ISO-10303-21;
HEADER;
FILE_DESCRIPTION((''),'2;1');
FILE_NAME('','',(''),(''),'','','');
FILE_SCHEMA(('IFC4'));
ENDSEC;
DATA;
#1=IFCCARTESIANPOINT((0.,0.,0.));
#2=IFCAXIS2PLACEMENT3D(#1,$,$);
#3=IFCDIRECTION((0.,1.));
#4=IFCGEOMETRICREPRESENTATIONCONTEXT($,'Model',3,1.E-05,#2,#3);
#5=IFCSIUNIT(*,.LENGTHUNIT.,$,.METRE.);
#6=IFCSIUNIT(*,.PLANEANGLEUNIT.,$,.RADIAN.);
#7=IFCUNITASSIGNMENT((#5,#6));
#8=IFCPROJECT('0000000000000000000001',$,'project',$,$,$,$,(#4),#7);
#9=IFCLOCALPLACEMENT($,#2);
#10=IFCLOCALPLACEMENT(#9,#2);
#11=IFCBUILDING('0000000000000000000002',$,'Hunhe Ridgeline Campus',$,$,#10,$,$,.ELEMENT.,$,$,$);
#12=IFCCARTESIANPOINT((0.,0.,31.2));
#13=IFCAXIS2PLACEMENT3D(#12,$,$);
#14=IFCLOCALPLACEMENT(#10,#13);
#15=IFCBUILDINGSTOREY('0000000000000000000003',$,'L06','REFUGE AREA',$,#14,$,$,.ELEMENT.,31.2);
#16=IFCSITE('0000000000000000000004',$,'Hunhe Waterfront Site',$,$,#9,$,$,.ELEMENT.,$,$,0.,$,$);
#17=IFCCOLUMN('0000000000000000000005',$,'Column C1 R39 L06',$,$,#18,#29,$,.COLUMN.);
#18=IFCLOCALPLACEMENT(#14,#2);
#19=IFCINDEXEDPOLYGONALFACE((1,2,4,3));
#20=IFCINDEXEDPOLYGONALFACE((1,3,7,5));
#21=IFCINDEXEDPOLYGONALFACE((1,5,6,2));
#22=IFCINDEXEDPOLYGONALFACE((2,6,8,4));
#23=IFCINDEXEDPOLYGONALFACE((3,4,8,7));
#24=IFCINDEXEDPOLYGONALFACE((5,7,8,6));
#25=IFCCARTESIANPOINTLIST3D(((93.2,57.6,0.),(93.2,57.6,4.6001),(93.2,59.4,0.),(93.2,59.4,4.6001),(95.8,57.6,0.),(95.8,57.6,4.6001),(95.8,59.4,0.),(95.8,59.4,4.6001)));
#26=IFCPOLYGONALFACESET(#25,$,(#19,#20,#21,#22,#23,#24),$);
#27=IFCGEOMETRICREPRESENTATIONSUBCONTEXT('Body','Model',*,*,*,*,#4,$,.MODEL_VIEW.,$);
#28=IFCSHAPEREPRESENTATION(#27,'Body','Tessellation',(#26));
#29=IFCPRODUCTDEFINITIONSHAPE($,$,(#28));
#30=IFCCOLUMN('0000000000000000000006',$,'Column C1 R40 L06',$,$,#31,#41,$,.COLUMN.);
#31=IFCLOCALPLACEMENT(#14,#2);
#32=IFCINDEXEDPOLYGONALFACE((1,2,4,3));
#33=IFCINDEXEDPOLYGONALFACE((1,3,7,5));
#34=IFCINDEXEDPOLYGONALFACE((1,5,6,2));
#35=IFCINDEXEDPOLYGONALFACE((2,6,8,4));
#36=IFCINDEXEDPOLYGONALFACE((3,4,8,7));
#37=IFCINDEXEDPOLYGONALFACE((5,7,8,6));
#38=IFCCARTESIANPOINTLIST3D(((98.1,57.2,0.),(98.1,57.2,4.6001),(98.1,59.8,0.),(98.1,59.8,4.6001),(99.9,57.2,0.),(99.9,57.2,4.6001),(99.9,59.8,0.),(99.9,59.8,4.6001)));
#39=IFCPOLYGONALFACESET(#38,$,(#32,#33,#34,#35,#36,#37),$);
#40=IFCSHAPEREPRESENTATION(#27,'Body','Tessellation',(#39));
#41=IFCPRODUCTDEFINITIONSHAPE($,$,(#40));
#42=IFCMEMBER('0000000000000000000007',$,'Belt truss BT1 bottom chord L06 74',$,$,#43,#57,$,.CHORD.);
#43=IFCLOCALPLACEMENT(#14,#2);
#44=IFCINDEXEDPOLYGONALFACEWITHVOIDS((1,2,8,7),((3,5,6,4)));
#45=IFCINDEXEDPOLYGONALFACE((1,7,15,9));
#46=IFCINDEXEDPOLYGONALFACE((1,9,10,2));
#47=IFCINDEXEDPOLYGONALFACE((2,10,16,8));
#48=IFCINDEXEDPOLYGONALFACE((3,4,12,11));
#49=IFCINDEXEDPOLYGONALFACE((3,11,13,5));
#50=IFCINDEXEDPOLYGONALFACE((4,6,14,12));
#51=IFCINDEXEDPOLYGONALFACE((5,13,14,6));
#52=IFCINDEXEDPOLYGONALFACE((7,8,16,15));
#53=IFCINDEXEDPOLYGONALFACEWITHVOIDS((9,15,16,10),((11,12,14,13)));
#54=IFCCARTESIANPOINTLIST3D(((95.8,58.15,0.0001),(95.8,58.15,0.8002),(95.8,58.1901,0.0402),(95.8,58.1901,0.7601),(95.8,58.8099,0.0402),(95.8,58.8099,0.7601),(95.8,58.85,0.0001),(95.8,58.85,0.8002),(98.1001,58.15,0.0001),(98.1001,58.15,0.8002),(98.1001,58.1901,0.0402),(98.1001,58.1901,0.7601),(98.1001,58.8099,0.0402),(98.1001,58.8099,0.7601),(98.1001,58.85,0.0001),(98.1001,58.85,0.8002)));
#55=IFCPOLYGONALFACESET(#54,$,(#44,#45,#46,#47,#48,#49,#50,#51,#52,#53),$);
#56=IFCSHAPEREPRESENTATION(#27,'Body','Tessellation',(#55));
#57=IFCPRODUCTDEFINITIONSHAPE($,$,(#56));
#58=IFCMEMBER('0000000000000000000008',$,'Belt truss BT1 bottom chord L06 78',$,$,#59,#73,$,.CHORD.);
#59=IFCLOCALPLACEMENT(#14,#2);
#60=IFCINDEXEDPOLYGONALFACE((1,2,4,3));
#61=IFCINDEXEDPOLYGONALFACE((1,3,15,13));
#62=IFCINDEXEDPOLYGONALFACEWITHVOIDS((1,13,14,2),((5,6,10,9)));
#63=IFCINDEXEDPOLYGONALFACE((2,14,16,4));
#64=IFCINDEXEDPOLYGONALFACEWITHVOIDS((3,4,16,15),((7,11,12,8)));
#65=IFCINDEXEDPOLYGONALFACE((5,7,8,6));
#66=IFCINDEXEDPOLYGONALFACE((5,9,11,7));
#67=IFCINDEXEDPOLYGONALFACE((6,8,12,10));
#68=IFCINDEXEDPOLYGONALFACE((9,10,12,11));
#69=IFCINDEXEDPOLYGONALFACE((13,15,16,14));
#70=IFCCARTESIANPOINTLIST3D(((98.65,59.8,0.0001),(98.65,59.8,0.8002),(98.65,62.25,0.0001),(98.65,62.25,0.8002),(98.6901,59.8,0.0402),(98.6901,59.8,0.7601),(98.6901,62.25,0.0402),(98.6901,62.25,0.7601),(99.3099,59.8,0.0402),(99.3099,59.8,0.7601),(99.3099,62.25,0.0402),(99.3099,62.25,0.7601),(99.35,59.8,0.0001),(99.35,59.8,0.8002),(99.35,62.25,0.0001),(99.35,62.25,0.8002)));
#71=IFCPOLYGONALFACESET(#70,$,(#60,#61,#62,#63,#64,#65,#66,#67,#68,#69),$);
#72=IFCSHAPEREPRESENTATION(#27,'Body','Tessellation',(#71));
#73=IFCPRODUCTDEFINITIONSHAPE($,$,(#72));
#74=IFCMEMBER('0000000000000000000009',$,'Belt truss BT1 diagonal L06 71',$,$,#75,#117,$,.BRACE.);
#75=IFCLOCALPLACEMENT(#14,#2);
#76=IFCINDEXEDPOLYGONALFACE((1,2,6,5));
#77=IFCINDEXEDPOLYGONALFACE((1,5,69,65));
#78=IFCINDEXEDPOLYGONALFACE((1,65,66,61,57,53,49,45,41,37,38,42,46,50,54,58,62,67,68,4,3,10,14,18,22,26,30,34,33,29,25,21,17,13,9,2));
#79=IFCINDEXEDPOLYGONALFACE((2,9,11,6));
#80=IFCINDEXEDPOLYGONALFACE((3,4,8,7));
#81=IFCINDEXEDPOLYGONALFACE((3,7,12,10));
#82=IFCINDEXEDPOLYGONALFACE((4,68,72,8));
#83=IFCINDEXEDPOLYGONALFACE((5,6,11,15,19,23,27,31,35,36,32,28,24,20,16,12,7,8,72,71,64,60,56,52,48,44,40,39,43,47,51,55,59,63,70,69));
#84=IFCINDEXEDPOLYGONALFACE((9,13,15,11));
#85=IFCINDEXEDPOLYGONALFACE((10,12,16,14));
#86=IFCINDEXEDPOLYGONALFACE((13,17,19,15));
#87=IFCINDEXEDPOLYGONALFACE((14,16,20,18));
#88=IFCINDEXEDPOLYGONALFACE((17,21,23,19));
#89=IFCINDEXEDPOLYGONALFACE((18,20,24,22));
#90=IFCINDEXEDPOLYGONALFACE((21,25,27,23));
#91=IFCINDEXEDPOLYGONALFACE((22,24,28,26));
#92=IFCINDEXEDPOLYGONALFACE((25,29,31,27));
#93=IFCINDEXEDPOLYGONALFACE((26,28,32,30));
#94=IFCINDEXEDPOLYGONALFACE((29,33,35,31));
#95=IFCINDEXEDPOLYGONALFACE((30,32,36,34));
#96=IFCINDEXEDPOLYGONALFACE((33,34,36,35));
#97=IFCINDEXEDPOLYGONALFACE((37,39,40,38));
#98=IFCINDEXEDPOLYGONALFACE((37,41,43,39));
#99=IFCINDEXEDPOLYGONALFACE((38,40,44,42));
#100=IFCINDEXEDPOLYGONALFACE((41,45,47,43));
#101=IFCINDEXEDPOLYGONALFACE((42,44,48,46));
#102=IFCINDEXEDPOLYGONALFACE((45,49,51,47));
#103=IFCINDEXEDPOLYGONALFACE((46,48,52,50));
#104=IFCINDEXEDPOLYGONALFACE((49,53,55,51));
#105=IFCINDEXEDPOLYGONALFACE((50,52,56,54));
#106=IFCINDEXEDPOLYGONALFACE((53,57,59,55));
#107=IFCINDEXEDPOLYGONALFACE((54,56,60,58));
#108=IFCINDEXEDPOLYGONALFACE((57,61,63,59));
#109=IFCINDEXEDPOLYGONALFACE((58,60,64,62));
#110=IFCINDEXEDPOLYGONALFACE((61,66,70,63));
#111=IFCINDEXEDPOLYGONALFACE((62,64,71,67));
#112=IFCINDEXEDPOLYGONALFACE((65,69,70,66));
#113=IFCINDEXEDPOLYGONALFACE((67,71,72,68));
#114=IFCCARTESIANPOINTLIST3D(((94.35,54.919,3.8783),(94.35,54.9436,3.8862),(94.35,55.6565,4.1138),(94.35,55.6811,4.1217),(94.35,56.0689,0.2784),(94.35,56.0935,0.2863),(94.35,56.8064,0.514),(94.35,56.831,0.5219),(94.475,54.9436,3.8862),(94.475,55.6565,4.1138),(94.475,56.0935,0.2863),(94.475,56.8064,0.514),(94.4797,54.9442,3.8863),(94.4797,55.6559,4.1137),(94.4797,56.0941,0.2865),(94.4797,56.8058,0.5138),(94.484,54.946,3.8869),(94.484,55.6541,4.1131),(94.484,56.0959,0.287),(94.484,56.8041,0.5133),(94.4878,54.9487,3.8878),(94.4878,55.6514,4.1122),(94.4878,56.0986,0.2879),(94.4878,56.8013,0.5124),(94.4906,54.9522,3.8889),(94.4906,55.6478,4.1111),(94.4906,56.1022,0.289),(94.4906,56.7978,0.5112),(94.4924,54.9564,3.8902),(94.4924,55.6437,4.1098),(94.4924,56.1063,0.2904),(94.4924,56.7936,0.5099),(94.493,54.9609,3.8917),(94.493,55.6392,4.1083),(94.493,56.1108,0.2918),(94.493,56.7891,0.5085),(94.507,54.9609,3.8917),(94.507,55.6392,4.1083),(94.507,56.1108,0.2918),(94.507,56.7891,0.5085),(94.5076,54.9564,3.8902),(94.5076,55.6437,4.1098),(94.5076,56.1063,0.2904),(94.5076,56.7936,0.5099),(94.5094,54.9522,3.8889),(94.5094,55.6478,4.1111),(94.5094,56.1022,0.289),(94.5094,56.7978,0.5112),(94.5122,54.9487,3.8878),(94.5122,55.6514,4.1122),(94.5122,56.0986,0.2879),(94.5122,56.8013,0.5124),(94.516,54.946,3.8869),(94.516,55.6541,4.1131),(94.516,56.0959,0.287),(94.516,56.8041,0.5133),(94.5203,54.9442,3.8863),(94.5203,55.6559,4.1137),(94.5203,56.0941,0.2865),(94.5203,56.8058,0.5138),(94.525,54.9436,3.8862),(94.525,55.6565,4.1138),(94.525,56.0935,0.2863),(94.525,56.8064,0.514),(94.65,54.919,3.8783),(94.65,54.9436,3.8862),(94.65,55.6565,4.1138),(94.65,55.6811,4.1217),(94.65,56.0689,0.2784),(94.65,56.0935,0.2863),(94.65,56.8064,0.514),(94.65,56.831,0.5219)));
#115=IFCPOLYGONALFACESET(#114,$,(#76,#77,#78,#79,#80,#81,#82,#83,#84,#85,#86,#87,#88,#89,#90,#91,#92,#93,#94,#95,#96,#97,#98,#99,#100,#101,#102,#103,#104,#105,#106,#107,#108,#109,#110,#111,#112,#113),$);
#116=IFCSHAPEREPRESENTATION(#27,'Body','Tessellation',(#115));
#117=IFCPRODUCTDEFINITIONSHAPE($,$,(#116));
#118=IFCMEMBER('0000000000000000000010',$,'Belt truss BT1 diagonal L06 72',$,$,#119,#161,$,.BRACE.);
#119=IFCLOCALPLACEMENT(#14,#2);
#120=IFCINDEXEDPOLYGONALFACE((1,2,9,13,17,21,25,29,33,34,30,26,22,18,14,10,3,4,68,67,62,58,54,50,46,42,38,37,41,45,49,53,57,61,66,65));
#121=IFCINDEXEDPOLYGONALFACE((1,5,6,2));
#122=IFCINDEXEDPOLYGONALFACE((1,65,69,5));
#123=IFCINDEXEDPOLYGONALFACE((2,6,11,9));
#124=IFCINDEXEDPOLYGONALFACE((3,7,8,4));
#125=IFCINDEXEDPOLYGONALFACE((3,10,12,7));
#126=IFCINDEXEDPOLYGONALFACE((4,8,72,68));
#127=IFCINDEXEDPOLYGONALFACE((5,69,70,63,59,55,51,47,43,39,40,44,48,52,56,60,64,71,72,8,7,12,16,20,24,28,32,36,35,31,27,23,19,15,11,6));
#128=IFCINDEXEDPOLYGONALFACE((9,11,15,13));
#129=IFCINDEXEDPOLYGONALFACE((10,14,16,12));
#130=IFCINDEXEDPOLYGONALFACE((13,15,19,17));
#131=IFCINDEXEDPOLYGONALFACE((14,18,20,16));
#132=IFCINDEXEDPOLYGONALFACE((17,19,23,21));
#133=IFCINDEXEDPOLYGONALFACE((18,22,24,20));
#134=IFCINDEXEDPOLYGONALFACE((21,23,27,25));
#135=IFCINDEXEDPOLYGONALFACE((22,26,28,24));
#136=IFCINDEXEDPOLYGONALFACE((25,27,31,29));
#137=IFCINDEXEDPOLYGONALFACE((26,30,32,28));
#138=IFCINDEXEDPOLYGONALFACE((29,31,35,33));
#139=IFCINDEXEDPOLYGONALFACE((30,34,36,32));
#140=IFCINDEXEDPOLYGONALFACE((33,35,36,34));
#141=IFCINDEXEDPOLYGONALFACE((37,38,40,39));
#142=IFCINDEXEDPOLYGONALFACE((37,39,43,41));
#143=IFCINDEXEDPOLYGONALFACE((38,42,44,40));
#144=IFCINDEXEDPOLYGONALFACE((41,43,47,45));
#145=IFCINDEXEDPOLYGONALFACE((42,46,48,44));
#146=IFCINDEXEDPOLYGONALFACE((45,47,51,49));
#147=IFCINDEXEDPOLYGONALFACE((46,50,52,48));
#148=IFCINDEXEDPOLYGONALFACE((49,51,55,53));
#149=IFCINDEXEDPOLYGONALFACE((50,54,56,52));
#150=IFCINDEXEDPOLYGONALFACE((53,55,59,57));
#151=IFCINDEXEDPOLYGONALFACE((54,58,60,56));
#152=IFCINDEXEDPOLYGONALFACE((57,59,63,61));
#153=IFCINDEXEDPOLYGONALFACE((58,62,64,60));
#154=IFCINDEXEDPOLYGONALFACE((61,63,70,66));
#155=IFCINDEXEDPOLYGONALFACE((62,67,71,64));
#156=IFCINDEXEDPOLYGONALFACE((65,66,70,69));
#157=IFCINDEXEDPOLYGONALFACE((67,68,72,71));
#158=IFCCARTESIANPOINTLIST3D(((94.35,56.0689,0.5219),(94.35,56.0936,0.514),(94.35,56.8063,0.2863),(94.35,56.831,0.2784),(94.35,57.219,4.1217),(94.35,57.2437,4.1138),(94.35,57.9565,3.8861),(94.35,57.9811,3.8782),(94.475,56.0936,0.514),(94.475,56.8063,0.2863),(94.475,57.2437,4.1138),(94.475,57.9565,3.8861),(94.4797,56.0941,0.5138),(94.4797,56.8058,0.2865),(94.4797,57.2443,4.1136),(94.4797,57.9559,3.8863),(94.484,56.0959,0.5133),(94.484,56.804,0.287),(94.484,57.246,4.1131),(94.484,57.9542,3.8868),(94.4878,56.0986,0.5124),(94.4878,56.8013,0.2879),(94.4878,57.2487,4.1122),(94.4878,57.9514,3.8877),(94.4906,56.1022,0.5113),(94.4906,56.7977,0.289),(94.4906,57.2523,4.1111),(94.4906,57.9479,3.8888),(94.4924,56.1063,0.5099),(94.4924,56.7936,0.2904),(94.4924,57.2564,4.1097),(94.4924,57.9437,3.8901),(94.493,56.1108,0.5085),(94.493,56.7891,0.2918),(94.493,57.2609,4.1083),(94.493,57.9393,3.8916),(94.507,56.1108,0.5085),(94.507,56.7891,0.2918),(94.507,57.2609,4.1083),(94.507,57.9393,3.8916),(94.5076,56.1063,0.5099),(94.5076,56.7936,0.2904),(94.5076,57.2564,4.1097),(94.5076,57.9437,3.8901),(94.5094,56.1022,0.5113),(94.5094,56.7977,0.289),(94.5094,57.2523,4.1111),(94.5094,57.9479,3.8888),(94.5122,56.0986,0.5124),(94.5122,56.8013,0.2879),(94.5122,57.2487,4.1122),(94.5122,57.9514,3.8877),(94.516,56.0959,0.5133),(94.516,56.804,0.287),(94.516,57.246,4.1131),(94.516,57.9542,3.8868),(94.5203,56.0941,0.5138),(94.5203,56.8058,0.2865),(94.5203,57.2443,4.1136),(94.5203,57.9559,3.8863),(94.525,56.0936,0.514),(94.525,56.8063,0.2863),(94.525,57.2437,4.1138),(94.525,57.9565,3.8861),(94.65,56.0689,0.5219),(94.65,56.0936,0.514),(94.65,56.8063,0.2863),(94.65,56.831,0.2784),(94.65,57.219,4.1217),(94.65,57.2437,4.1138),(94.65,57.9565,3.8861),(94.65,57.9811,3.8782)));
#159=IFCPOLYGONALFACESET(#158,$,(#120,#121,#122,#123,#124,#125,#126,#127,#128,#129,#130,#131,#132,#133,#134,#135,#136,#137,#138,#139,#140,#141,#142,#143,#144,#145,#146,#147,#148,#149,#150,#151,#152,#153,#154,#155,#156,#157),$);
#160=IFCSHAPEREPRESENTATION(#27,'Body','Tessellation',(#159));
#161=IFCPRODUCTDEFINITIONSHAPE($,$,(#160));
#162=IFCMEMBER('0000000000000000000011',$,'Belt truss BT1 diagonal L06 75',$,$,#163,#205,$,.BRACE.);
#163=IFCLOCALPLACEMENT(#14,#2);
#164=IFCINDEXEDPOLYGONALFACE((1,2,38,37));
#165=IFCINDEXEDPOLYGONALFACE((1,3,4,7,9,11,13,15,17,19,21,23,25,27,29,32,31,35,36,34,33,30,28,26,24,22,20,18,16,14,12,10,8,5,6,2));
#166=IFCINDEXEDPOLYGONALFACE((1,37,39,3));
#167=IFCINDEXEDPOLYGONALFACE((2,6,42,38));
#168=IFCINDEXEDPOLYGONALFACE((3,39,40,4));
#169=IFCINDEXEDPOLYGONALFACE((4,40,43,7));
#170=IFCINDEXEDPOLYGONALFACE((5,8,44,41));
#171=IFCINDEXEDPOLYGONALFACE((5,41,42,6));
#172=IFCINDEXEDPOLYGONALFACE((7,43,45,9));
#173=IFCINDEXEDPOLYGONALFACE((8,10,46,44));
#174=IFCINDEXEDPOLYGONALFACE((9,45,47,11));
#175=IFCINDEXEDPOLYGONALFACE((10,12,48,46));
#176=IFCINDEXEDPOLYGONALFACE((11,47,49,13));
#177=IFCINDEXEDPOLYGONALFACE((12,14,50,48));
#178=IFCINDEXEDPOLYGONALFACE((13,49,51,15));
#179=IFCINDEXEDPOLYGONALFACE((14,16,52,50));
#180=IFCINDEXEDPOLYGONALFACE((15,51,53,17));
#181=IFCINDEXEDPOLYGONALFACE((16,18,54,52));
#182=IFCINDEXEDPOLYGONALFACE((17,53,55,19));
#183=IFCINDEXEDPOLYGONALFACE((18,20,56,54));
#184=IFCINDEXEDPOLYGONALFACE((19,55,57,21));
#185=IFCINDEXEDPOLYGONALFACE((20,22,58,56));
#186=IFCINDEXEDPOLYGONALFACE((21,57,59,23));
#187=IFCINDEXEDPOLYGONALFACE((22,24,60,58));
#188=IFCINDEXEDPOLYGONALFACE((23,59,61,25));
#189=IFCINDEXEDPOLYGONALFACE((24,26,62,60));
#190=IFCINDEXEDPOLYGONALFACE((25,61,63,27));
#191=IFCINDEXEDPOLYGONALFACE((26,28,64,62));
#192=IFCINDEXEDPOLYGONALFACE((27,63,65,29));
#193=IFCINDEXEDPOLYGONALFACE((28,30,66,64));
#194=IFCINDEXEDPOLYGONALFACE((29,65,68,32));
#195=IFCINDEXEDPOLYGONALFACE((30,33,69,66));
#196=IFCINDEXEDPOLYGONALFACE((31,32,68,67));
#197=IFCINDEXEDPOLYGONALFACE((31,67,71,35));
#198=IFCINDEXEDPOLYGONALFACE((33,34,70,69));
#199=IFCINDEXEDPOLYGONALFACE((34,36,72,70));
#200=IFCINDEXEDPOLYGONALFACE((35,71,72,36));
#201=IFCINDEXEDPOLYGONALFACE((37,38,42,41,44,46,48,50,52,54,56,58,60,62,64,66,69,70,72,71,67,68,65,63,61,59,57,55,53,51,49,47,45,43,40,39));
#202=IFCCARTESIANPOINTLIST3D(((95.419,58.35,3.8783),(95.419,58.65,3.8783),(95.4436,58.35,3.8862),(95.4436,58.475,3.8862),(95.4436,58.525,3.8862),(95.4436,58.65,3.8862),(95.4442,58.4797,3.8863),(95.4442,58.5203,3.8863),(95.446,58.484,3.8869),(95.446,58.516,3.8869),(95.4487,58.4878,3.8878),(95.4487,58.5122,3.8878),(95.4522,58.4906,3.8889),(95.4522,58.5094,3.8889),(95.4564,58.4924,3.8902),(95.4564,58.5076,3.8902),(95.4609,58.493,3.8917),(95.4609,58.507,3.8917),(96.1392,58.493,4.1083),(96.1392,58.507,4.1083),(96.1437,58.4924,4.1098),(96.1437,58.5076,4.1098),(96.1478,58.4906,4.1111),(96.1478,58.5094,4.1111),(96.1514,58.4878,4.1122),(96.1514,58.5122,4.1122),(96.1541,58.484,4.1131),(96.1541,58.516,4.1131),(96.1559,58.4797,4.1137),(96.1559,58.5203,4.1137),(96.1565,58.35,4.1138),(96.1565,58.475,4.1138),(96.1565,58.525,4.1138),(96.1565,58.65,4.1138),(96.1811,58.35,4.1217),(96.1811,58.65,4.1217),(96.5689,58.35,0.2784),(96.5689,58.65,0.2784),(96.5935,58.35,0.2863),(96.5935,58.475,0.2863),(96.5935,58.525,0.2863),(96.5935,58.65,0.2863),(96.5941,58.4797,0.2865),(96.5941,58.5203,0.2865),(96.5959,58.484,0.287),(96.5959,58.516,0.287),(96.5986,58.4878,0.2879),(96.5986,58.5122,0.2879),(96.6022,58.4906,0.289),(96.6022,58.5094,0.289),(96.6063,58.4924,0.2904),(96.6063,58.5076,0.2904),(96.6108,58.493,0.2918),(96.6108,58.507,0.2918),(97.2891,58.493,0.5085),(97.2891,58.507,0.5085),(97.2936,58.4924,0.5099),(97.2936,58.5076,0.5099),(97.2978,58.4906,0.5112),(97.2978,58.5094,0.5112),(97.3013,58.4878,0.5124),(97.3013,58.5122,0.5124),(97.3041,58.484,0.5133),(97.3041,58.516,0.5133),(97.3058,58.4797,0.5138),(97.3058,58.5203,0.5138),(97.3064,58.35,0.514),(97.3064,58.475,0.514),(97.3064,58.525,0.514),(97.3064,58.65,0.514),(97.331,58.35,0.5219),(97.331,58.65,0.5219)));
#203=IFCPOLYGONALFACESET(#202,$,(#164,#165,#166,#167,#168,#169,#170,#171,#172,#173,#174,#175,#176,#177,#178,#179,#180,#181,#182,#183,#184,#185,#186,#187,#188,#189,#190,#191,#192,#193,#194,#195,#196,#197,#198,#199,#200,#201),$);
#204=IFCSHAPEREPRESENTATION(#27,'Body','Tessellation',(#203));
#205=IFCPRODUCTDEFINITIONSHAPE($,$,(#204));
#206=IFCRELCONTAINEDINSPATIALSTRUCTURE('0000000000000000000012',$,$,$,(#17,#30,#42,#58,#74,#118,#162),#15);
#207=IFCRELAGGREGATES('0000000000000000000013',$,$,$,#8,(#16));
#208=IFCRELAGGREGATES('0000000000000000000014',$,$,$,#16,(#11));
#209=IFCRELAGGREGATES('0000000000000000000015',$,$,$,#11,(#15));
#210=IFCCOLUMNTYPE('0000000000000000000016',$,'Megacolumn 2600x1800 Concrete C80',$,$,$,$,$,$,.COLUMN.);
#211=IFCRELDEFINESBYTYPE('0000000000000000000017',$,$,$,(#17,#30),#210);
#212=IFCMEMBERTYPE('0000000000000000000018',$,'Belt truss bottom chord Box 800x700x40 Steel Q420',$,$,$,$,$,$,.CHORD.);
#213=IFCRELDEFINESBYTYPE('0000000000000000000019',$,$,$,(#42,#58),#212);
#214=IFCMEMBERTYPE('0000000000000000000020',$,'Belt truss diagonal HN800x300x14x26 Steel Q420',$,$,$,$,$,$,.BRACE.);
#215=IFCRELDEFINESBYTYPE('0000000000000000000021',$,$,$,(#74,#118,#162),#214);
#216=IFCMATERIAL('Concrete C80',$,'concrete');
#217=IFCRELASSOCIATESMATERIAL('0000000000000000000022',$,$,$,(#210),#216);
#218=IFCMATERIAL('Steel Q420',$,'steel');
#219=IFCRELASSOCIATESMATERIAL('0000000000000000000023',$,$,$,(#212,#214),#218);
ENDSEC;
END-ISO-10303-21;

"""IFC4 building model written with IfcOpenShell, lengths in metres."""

from ifc_helpers import new_model, si_unit, direction, frame, origin, origin_2d, place, context, subcontext, project, spatial, rectangle, hollow_rectangle, i_section, extrude, material, material_profile, profile_set, type_object, element, save


model = new_model("IFC4")

# Units and contexts
model_context = context("Model", 3, precision=1e-05, world=origin(), true_north=direction((0.0, 1.0)))
body_context = subcontext(model_context, "Body", "Model", "MODEL_VIEW")
ifc_project = project(units=[si_unit("LENGTHUNIT", "METRE"), si_unit("PLANEANGLEUNIT", "RADIAN")], contexts=[model_context])

# Site, building, storey
site_placement = place(None, origin())
site = spatial("IfcSite", under=ifc_project, at=site_placement, Name="Hunhe Waterfront Site", CompositionType="ELEMENT", RefElevation=0.0)
building_placement = place(site_placement, origin())
building = spatial("IfcBuilding", under=site, at=building_placement, Name="Hunhe Ridgeline Campus", CompositionType="ELEMENT")
storey_placement = place(building_placement, frame((0.0, 0.0, 31.2)))
storey = spatial("IfcBuildingStorey", under=building, at=storey_placement, Name="L06", Description="REFUGE AREA", CompositionType="ELEMENT", Elevation=31.2)

# Columns
ifc_material_1 = material(Name="Concrete C80", Category="concrete")
ifc_material_profile_1 = material_profile(ifc_material_1, rectangle(XDim=2.6001, YDim=1.8, at=origin_2d()))
ifc_profile_set_1 = profile_set([ifc_material_profile_1], Name="Concrete C80")
column_type = type_object("IfcColumnType", Name="Megacolumn 2600x1800 Concrete C80", PredefinedType="COLUMN", material=ifc_profile_set_1)
for number, where, z_axis, x_axis, name in (
    (1, (94.5, 58.5, 0.0), (0.0, 0.0, 1.0), (1.0, 0.0, 0.0), "Column C1 R39 L06"),
    (2, (99.0, 58.5, 0.0), (0.0, 0.0, 1.0), (0.0, 1.0, 0.0), "Column C1 R40 L06"),
):
    element("IfcColumn", number, at=place(storey_placement, frame(where, z_axis=z_axis, x_axis=x_axis)), inside=storey, type_object=column_type, Name=name, PredefinedType="COLUMN", context=body_context, shape_type="SweptSolid", body=[
        extrude(rectangle(XDim=2.6001, YDim=1.8, at=origin_2d()), origin(), (0.0, 0.0, 1.0), 4.6001),
    ])

# Members
ifc_material_2 = material(Name="Steel Q420", Category="steel")
ifc_material_profile_2 = material_profile(ifc_material_2, hollow_rectangle(XDim=0.7, YDim=0.8, WallThickness=0.04, at=origin_2d()))
ifc_profile_set_2 = profile_set([ifc_material_profile_2], Name="Steel Q420")
member_type_1 = type_object("IfcMemberType", Name="Belt truss bottom chord Box 800x700x40 Steel Q420", PredefinedType="CHORD", material=ifc_profile_set_2)
member_1_placement = place(storey_placement, frame((95.8, 58.5, 0.4001), z_axis=(1.0, 0.0, 0.0), x_axis=(0.0, 1.0, 0.0)))
element("IfcMember", 3, at=member_1_placement, inside=storey, type_object=member_type_1, Name="Belt truss BT1 bottom chord L06 74", PredefinedType="CHORD", context=body_context, shape_type="SweptSolid", body=[
    extrude(hollow_rectangle(XDim=0.7, YDim=0.8, WallThickness=0.04, at=origin_2d()), origin(), (0.0, 0.0, 1.0), 2.3),
])
member_2_placement = place(storey_placement, frame((99.0, 59.8, 0.4001), z_axis=(0.0, 1.0, 0.0), x_axis=(-1.0, 0.0, 0.0)))
element("IfcMember", 4, at=member_2_placement, inside=storey, type_object=member_type_1, Name="Belt truss BT1 bottom chord L06 78", PredefinedType="CHORD", context=body_context, shape_type="SweptSolid", body=[
    extrude(hollow_rectangle(XDim=0.7, YDim=0.8, WallThickness=0.04, at=origin_2d()), origin(), (0.0, 0.0, 1.0), 2.45),
])
ifc_material_profile_3 = material_profile(ifc_material_2, i_section(OverallWidth=0.3, OverallDepth=0.8, WebThickness=0.0139, FlangeThickness=0.0259, FilletRadius=0.0181, at=origin_2d()))
ifc_profile_set_3 = profile_set([ifc_material_profile_3], Name="Steel Q420")
member_type_2 = type_object("IfcMemberType", Name="Belt truss diagonal HN800x300x14x26 Steel Q420", PredefinedType="BRACE", material=ifc_profile_set_3)
for number, where, z_axis, x_axis, name in (
    (5, (94.5, 55.3, 4.0), (0.0, 0.304283, -0.952582), (-1.0, 0.0, 0.0), "Belt truss BT1 diagonal L06 71"),
    (6, (94.5, 56.45, 0.4001), (0.0, 0.304342, 0.952563), (-1.0, 0.0, 0.0), "Belt truss BT1 diagonal L06 72"),
    (7, (95.8, 58.5, 4.0), (0.304283, 0.0, -0.952582), (0.0, 1.0, 0.0), "Belt truss BT1 diagonal L06 75"),
):
    element("IfcMember", number, at=place(storey_placement, frame(where, z_axis=z_axis, x_axis=x_axis)), inside=storey, type_object=member_type_2, Name=name, PredefinedType="BRACE", context=body_context, shape_type="SweptSolid", body=[
        extrude(i_section(OverallWidth=0.3, OverallDepth=0.8, WebThickness=0.0139, FlangeThickness=0.0259, FilletRadius=0.0181, at=origin_2d()), origin(), (0.0, 0.0, 1.0), 3.7791),
    ])

save(model, "model.ifc")
